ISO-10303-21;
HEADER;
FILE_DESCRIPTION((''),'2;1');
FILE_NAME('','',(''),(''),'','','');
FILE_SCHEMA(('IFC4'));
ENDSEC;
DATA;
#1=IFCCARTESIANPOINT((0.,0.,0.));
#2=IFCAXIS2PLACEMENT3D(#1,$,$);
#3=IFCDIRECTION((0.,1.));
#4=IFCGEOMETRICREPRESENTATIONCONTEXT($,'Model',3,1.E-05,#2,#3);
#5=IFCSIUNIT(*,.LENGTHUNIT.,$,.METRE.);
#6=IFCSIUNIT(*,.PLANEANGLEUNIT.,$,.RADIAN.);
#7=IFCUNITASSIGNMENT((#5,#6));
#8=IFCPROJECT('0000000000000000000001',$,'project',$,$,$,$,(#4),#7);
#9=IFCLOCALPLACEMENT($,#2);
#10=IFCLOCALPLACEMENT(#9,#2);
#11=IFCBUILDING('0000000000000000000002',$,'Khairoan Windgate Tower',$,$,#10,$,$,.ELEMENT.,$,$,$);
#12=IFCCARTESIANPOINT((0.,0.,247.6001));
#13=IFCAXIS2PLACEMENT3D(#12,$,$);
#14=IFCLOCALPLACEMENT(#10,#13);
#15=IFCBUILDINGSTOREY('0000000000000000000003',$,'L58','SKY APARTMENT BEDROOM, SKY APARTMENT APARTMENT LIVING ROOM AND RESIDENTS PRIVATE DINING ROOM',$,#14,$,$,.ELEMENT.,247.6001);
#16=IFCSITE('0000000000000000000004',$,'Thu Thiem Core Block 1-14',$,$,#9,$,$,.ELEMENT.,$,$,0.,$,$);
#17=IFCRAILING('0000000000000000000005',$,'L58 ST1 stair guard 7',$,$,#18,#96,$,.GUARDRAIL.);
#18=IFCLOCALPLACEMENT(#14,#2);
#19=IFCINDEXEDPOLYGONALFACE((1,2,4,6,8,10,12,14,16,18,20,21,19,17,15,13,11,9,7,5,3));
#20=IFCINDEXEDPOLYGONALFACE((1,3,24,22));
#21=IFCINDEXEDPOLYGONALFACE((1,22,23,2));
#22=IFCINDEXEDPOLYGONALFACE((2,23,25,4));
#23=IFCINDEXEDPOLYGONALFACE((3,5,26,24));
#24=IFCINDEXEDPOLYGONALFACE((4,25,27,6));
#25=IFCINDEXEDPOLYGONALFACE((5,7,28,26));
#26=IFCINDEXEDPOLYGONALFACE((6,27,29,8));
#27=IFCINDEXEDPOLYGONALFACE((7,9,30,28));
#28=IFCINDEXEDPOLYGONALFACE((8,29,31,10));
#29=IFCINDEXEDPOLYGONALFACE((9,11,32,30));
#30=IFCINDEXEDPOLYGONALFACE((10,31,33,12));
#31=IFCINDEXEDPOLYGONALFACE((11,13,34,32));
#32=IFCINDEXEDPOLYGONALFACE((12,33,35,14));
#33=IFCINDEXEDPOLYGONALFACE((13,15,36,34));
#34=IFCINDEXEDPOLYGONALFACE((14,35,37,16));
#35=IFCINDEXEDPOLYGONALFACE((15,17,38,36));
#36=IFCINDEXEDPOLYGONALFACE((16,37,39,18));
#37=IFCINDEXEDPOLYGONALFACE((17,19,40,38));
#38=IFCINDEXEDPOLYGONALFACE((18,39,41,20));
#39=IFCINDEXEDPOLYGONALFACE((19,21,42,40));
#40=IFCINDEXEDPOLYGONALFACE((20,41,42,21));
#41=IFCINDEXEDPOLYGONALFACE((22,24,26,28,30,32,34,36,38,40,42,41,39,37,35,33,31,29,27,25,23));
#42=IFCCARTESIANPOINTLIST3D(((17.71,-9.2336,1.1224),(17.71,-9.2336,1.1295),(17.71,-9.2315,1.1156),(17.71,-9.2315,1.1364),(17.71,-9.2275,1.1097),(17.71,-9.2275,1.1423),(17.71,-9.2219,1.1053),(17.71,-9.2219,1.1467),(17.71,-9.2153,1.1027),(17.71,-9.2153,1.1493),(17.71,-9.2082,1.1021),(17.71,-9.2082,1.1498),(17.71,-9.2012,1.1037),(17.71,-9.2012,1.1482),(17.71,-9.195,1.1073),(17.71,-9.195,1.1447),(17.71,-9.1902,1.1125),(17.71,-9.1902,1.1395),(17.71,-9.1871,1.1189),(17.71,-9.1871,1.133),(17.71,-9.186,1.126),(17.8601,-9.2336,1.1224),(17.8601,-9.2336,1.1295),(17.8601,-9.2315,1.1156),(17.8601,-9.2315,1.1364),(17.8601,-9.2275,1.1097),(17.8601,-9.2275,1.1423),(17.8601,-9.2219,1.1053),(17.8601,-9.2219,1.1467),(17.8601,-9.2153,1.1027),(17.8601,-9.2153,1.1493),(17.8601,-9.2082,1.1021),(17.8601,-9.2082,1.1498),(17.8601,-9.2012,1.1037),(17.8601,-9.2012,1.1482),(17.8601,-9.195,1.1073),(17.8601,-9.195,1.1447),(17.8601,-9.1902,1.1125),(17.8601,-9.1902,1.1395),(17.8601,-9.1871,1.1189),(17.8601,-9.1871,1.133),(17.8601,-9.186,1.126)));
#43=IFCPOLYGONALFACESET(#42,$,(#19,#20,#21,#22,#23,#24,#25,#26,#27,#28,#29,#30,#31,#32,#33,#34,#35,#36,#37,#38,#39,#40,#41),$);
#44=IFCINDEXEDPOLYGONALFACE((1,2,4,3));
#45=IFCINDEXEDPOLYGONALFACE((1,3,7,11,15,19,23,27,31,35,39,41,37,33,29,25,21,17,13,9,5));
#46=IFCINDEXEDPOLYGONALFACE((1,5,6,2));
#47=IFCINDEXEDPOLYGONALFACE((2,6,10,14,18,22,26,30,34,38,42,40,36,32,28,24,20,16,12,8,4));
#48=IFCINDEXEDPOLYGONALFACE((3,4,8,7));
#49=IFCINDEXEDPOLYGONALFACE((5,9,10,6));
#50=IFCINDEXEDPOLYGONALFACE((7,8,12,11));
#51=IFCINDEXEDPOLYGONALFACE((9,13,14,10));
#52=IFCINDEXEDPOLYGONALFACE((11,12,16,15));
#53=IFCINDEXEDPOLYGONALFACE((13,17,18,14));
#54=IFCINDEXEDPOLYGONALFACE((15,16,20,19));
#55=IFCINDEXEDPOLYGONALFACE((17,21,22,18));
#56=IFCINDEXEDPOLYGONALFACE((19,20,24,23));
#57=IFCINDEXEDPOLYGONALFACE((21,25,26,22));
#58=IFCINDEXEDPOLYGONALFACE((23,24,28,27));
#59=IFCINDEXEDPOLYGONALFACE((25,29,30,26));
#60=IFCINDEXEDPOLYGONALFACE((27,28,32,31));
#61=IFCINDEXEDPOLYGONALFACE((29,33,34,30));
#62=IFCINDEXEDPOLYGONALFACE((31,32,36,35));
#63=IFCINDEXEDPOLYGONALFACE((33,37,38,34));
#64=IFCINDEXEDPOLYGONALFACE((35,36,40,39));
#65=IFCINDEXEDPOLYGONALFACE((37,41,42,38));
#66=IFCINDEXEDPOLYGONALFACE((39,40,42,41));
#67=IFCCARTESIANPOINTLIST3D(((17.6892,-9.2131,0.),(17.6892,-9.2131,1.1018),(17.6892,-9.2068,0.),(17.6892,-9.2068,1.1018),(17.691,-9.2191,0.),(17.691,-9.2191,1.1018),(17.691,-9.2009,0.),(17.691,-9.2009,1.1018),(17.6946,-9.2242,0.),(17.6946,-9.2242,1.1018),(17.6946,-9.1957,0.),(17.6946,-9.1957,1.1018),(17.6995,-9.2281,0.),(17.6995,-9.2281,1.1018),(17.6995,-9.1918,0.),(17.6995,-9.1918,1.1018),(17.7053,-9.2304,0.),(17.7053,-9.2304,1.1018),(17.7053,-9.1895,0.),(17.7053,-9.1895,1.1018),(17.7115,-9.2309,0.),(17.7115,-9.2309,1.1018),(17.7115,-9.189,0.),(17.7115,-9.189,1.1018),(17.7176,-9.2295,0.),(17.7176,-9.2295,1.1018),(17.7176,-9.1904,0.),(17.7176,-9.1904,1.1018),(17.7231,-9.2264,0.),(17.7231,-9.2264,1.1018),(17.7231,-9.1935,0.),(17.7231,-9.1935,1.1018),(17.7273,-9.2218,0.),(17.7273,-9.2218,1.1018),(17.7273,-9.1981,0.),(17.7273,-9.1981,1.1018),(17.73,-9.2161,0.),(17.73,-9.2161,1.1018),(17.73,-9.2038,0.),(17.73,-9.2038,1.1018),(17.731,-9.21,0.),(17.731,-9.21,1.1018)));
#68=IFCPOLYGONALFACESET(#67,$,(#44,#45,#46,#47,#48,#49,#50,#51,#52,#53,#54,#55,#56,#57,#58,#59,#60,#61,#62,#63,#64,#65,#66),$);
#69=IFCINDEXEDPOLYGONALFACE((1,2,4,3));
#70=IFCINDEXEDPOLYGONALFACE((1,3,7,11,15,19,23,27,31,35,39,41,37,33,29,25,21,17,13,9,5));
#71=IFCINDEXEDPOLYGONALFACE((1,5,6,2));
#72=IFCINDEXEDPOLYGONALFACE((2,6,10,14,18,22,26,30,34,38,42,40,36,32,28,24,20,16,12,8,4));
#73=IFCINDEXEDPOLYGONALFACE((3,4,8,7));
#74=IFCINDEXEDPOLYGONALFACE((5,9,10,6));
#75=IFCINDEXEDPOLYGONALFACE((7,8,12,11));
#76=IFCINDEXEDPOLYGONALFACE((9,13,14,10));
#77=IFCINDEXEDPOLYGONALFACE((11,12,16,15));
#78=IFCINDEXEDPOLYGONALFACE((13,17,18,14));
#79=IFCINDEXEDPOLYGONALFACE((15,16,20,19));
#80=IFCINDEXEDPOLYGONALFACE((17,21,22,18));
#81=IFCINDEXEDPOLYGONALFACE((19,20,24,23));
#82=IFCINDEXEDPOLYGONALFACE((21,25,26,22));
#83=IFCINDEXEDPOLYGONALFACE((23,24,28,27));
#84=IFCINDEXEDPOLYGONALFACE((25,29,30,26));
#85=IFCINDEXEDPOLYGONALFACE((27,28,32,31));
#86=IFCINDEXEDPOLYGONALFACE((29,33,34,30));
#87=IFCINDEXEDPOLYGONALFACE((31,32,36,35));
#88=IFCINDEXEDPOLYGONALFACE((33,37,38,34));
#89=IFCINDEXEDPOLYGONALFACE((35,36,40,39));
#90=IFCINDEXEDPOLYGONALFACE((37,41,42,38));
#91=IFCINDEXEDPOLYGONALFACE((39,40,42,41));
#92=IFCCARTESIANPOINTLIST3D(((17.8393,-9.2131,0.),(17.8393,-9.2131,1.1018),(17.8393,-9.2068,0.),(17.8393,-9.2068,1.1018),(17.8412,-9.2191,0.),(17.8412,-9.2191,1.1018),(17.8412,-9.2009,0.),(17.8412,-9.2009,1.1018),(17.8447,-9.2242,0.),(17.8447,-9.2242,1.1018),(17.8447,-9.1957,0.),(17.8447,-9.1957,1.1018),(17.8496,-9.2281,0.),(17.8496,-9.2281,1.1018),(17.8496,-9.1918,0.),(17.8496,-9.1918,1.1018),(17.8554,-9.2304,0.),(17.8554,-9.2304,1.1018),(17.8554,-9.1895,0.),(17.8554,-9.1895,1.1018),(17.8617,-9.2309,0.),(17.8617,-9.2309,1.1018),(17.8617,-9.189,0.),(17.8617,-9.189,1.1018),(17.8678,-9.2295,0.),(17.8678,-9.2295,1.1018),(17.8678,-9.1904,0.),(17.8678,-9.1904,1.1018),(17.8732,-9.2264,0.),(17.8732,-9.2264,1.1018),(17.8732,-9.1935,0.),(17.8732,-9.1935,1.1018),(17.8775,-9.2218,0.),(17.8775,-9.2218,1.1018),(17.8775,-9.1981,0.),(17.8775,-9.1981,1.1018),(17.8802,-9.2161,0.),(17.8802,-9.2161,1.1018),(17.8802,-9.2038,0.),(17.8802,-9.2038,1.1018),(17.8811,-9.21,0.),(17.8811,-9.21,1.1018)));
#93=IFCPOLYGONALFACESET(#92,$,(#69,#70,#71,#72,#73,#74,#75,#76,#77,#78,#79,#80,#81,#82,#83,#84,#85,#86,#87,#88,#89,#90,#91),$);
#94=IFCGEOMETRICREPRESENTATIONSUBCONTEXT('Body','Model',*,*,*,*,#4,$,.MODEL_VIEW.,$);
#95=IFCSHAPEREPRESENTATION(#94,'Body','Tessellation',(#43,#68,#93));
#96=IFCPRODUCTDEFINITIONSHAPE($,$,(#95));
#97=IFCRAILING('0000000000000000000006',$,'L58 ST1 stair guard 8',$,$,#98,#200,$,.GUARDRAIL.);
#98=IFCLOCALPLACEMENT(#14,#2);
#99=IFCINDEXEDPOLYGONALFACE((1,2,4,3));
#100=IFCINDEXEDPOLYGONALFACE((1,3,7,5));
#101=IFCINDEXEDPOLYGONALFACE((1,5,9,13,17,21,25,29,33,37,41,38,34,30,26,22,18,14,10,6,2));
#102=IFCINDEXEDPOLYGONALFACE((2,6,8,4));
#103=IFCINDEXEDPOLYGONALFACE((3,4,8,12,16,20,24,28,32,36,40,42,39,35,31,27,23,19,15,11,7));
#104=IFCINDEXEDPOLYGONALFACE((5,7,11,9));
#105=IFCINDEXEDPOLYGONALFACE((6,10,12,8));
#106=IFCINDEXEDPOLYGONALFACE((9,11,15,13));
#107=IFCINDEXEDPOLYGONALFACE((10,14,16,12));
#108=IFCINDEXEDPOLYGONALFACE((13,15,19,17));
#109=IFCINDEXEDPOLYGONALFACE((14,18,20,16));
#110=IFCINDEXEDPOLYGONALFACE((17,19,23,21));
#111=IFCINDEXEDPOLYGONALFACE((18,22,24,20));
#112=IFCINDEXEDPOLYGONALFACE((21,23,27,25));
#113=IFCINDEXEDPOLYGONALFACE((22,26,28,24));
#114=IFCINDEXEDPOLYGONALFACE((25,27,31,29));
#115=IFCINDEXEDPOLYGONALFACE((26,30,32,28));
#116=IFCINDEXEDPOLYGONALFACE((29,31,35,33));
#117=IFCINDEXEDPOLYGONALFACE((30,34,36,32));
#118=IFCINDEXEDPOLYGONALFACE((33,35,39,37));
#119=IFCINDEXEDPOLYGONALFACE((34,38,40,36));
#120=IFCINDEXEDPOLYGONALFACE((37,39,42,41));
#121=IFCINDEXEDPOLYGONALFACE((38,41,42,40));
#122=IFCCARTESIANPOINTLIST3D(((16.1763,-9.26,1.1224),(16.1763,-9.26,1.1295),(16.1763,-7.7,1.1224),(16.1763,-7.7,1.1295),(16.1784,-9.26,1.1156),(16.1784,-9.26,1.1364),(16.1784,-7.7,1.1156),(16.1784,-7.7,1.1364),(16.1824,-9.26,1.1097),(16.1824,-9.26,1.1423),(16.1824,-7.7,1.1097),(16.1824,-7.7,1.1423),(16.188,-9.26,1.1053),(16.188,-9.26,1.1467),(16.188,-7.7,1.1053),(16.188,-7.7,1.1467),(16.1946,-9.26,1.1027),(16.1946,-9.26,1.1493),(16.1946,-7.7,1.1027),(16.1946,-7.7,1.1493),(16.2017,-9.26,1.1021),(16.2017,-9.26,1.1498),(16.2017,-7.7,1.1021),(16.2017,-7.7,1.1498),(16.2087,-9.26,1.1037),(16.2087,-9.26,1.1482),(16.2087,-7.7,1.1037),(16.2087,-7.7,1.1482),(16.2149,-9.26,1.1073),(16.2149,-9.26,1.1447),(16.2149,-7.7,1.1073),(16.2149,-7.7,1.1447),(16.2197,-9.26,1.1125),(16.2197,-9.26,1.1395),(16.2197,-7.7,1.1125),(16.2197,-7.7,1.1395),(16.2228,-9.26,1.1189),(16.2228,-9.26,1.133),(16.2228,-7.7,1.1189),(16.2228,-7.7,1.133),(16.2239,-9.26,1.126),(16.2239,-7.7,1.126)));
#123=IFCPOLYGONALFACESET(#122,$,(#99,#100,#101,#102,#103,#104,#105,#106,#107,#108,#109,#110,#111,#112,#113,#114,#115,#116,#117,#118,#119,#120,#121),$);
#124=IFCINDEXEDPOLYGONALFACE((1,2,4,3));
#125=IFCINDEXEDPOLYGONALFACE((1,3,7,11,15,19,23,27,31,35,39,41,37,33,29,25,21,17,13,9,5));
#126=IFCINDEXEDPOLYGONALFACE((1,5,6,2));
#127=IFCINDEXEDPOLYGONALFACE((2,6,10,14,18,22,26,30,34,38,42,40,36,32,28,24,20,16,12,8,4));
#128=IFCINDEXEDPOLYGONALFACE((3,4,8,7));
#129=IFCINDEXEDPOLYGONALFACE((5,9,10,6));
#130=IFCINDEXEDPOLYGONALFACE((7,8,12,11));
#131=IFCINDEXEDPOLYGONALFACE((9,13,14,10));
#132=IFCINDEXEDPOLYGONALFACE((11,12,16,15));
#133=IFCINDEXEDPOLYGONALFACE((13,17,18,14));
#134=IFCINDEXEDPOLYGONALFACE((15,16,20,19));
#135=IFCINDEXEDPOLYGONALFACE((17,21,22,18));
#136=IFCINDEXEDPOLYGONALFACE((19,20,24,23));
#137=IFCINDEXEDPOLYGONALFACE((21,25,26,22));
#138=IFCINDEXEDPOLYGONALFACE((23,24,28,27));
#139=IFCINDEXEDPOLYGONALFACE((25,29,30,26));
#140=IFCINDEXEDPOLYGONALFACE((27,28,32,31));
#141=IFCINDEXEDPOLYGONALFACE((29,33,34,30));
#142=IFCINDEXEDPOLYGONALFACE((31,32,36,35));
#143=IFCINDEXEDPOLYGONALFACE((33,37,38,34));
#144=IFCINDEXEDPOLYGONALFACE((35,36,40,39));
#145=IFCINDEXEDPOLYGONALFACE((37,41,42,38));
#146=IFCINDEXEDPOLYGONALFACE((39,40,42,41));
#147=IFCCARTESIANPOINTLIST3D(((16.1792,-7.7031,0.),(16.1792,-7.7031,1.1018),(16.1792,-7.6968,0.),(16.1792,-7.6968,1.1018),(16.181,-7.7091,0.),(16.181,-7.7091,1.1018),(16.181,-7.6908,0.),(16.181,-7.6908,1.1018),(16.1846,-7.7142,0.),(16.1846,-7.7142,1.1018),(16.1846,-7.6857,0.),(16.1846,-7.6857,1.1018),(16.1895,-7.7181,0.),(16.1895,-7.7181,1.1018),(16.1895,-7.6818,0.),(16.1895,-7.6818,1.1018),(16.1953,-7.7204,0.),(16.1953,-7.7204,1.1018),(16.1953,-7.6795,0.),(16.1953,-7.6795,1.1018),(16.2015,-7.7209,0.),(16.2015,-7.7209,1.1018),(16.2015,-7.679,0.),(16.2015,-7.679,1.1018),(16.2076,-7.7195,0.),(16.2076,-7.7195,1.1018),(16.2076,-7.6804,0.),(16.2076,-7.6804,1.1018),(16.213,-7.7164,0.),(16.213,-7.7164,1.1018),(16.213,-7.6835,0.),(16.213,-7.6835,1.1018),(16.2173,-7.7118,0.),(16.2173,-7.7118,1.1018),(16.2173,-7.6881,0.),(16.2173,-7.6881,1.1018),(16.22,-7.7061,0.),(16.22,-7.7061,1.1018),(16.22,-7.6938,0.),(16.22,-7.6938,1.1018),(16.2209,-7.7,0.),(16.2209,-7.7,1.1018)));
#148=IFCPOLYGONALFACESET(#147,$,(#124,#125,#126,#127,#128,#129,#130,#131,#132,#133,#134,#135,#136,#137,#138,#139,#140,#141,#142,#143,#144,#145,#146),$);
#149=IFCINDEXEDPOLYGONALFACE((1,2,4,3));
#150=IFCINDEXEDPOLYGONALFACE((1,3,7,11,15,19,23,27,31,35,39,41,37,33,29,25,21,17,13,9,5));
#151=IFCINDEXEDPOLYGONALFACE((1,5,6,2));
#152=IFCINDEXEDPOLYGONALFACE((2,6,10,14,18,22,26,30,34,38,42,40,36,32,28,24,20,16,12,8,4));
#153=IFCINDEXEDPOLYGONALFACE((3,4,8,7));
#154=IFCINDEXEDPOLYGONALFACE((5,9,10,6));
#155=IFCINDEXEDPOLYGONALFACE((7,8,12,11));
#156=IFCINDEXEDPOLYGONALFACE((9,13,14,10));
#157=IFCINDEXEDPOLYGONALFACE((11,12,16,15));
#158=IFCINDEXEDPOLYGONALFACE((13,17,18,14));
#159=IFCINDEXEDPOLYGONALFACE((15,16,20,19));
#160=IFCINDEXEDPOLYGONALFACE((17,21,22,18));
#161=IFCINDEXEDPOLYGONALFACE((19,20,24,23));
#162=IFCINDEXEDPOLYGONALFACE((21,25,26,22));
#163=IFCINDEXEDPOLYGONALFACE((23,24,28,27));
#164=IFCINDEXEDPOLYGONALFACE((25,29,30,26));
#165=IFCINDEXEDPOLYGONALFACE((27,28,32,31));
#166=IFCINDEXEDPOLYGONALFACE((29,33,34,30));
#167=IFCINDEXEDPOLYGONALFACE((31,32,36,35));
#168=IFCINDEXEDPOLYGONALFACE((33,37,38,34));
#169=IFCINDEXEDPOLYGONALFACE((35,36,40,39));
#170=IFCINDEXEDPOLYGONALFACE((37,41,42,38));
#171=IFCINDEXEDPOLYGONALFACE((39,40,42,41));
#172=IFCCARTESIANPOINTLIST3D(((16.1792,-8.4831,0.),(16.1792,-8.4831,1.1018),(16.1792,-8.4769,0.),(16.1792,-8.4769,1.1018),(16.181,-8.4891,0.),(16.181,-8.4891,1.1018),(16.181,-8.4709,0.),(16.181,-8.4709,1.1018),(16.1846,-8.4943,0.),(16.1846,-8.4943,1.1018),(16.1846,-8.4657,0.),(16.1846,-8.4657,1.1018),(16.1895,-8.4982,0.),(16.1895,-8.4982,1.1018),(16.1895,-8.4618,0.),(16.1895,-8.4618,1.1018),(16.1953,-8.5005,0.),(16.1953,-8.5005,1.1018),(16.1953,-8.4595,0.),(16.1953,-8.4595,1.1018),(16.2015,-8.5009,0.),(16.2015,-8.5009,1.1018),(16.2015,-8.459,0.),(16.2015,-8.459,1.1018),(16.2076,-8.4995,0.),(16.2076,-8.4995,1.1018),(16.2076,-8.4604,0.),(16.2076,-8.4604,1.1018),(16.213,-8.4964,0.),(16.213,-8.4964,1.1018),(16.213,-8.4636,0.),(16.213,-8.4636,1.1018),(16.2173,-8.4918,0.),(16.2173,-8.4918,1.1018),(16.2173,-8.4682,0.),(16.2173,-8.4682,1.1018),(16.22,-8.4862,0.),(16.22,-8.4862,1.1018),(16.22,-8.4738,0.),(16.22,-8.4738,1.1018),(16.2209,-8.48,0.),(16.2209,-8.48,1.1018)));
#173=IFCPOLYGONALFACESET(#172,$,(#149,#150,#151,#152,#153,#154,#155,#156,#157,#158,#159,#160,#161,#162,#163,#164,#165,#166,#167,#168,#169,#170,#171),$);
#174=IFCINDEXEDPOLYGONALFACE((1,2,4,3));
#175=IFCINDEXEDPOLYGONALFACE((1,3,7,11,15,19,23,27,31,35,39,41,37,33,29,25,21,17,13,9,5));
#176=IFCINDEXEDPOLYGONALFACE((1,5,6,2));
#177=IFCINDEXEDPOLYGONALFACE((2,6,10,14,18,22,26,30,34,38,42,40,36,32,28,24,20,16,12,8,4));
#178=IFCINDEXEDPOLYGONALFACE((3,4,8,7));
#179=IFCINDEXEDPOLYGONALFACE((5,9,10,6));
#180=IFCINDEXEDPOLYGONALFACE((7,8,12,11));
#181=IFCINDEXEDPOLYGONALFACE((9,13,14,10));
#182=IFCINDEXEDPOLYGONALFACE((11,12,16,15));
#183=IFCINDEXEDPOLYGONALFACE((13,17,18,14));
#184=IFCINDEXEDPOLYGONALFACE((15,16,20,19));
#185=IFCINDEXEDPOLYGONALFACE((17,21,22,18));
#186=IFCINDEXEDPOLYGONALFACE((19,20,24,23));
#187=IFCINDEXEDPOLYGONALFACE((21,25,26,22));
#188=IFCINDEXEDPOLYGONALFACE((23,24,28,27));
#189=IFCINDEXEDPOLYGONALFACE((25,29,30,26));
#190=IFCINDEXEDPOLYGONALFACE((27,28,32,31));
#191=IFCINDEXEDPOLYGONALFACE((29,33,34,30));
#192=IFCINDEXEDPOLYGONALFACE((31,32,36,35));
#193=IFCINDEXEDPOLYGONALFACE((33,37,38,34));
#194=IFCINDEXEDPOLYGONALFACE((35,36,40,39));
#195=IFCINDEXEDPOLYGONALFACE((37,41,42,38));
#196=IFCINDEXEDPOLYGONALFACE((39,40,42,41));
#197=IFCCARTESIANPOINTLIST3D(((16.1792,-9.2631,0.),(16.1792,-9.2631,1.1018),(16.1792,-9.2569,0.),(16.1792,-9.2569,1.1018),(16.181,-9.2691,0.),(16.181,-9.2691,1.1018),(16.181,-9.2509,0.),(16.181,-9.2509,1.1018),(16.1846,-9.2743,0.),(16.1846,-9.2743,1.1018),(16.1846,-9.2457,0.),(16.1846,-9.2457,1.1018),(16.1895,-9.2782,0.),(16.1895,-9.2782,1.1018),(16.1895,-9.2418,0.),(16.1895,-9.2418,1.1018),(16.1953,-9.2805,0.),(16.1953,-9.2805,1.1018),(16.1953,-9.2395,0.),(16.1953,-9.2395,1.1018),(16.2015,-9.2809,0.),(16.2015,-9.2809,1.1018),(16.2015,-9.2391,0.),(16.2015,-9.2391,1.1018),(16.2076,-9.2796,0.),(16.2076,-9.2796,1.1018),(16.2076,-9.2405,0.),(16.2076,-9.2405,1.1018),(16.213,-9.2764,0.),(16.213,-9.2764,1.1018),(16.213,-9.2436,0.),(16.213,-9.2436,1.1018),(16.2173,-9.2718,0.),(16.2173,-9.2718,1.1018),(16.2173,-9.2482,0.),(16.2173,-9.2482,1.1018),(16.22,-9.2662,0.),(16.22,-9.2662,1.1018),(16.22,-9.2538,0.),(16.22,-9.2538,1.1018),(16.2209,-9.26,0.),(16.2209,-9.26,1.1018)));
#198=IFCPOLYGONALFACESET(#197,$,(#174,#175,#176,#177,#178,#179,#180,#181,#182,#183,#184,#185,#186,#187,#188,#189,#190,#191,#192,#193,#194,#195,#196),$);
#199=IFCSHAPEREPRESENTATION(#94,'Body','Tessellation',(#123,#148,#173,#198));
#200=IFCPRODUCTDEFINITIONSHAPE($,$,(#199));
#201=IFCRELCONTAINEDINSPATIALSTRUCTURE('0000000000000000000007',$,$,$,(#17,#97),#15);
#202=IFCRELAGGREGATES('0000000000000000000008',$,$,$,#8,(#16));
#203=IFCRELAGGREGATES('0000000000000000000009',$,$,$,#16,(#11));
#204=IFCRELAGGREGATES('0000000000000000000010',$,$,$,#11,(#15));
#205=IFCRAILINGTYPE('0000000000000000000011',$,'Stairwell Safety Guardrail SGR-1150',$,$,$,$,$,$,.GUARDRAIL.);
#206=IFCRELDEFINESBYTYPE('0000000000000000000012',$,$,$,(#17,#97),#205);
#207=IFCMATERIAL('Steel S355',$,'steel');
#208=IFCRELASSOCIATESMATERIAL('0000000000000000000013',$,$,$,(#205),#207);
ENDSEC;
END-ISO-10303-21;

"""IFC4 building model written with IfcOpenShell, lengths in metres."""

from ifc_helpers import new_model, si_unit, direction, frame, origin, origin_2d, place, context, subcontext, project, spatial, circle, extrude, material, type_object, element, save


model = new_model("IFC4")

# Units and contexts
model_context = context("Model", 3, precision=1e-05, world=origin(), true_north=direction((0.0, 1.0)))
body_context = subcontext(model_context, "Body", "Model", "MODEL_VIEW")
ifc_project = project(units=[si_unit("LENGTHUNIT", "METRE"), si_unit("PLANEANGLEUNIT", "RADIAN")], contexts=[model_context])

# Site, building, storey
site_placement = place(None, origin())
site = spatial("IfcSite", under=ifc_project, at=site_placement, Name="Thu Thiem Core Block 1-14", CompositionType="ELEMENT", RefElevation=0.0)
building_placement = place(site_placement, origin())
building = spatial("IfcBuilding", under=site, at=building_placement, Name="Khairoan Windgate Tower", CompositionType="ELEMENT")
storey_placement = place(building_placement, frame((0.0, 0.0, 247.6001)))
storey = spatial("IfcBuildingStorey", under=building, at=storey_placement, Name="L58", Description="SKY APARTMENT BEDROOM, SKY APARTMENT APARTMENT LIVING ROOM AND RESIDENTS PRIVATE DINING ROOM", CompositionType="ELEMENT", Elevation=247.6001)

# Railings
ifc_material_1 = material(Name="Steel S355", Category="steel")
railing_type_1 = type_object("IfcRailingType", Name="Stairwell Safety Guardrail SGR-1150", PredefinedType="GUARDRAIL", material=ifc_material_1)
railing_1_placement = place(storey_placement, frame((17.71, -9.21, 0.0)))
element("IfcRailing", 1, at=railing_1_placement, inside=storey, type_object=railing_type_1, Name="L58 ST1 stair guard 7", PredefinedType="GUARDRAIL", context=body_context, shape_type="SweptSolid", body=[
    extrude(circle(Radius=0.0239, at=origin_2d()), frame((0.0, 0.0, 1.126), z_axis=(1.0, 0.0, 0.0), x_axis=(0.0, 1.0, 0.0)), (0.0, 0.0, 1.0), 0.1501),
    extrude(circle(Radius=0.021, at=origin_2d()), origin(), (0.0, 0.0, 1.0), 1.1018),
    extrude(circle(Radius=0.021, at=origin_2d()), frame((0.1501, 0.0, 0.0)), (0.0, 0.0, 1.0), 1.1018),
])
for number, where, name in (
    (2, (16.2, -7.7, 0.0), "L58 ST1 stair guard 8"),
):
    element("IfcRailing", number, at=place(storey_placement, frame(where)), inside=storey, type_object=railing_type_1, Name=name, PredefinedType="GUARDRAIL", context=body_context, shape_type="SweptSolid", body=[
        extrude(circle(Radius=0.0239, at=origin_2d()), frame((0.0, 0.0, 1.126), z_axis=(0.0, -1.0, 0.0), x_axis=(1.0, 0.0, 0.0)), (0.0, 0.0, 1.0), 1.5601),
        extrude(circle(Radius=0.021, at=origin_2d()), origin(), (0.0, 0.0, 1.0), 1.1018),
        extrude(circle(Radius=0.021, at=origin_2d()), frame((0.0, -0.78, 0.0)), (0.0, 0.0, 1.0), 1.1018),
        extrude(circle(Radius=0.021, at=origin_2d()), frame((0.0, -1.5601, 0.0)), (0.0, 0.0, 1.0), 1.1018),
    ])

save(model, "model.ifc")
